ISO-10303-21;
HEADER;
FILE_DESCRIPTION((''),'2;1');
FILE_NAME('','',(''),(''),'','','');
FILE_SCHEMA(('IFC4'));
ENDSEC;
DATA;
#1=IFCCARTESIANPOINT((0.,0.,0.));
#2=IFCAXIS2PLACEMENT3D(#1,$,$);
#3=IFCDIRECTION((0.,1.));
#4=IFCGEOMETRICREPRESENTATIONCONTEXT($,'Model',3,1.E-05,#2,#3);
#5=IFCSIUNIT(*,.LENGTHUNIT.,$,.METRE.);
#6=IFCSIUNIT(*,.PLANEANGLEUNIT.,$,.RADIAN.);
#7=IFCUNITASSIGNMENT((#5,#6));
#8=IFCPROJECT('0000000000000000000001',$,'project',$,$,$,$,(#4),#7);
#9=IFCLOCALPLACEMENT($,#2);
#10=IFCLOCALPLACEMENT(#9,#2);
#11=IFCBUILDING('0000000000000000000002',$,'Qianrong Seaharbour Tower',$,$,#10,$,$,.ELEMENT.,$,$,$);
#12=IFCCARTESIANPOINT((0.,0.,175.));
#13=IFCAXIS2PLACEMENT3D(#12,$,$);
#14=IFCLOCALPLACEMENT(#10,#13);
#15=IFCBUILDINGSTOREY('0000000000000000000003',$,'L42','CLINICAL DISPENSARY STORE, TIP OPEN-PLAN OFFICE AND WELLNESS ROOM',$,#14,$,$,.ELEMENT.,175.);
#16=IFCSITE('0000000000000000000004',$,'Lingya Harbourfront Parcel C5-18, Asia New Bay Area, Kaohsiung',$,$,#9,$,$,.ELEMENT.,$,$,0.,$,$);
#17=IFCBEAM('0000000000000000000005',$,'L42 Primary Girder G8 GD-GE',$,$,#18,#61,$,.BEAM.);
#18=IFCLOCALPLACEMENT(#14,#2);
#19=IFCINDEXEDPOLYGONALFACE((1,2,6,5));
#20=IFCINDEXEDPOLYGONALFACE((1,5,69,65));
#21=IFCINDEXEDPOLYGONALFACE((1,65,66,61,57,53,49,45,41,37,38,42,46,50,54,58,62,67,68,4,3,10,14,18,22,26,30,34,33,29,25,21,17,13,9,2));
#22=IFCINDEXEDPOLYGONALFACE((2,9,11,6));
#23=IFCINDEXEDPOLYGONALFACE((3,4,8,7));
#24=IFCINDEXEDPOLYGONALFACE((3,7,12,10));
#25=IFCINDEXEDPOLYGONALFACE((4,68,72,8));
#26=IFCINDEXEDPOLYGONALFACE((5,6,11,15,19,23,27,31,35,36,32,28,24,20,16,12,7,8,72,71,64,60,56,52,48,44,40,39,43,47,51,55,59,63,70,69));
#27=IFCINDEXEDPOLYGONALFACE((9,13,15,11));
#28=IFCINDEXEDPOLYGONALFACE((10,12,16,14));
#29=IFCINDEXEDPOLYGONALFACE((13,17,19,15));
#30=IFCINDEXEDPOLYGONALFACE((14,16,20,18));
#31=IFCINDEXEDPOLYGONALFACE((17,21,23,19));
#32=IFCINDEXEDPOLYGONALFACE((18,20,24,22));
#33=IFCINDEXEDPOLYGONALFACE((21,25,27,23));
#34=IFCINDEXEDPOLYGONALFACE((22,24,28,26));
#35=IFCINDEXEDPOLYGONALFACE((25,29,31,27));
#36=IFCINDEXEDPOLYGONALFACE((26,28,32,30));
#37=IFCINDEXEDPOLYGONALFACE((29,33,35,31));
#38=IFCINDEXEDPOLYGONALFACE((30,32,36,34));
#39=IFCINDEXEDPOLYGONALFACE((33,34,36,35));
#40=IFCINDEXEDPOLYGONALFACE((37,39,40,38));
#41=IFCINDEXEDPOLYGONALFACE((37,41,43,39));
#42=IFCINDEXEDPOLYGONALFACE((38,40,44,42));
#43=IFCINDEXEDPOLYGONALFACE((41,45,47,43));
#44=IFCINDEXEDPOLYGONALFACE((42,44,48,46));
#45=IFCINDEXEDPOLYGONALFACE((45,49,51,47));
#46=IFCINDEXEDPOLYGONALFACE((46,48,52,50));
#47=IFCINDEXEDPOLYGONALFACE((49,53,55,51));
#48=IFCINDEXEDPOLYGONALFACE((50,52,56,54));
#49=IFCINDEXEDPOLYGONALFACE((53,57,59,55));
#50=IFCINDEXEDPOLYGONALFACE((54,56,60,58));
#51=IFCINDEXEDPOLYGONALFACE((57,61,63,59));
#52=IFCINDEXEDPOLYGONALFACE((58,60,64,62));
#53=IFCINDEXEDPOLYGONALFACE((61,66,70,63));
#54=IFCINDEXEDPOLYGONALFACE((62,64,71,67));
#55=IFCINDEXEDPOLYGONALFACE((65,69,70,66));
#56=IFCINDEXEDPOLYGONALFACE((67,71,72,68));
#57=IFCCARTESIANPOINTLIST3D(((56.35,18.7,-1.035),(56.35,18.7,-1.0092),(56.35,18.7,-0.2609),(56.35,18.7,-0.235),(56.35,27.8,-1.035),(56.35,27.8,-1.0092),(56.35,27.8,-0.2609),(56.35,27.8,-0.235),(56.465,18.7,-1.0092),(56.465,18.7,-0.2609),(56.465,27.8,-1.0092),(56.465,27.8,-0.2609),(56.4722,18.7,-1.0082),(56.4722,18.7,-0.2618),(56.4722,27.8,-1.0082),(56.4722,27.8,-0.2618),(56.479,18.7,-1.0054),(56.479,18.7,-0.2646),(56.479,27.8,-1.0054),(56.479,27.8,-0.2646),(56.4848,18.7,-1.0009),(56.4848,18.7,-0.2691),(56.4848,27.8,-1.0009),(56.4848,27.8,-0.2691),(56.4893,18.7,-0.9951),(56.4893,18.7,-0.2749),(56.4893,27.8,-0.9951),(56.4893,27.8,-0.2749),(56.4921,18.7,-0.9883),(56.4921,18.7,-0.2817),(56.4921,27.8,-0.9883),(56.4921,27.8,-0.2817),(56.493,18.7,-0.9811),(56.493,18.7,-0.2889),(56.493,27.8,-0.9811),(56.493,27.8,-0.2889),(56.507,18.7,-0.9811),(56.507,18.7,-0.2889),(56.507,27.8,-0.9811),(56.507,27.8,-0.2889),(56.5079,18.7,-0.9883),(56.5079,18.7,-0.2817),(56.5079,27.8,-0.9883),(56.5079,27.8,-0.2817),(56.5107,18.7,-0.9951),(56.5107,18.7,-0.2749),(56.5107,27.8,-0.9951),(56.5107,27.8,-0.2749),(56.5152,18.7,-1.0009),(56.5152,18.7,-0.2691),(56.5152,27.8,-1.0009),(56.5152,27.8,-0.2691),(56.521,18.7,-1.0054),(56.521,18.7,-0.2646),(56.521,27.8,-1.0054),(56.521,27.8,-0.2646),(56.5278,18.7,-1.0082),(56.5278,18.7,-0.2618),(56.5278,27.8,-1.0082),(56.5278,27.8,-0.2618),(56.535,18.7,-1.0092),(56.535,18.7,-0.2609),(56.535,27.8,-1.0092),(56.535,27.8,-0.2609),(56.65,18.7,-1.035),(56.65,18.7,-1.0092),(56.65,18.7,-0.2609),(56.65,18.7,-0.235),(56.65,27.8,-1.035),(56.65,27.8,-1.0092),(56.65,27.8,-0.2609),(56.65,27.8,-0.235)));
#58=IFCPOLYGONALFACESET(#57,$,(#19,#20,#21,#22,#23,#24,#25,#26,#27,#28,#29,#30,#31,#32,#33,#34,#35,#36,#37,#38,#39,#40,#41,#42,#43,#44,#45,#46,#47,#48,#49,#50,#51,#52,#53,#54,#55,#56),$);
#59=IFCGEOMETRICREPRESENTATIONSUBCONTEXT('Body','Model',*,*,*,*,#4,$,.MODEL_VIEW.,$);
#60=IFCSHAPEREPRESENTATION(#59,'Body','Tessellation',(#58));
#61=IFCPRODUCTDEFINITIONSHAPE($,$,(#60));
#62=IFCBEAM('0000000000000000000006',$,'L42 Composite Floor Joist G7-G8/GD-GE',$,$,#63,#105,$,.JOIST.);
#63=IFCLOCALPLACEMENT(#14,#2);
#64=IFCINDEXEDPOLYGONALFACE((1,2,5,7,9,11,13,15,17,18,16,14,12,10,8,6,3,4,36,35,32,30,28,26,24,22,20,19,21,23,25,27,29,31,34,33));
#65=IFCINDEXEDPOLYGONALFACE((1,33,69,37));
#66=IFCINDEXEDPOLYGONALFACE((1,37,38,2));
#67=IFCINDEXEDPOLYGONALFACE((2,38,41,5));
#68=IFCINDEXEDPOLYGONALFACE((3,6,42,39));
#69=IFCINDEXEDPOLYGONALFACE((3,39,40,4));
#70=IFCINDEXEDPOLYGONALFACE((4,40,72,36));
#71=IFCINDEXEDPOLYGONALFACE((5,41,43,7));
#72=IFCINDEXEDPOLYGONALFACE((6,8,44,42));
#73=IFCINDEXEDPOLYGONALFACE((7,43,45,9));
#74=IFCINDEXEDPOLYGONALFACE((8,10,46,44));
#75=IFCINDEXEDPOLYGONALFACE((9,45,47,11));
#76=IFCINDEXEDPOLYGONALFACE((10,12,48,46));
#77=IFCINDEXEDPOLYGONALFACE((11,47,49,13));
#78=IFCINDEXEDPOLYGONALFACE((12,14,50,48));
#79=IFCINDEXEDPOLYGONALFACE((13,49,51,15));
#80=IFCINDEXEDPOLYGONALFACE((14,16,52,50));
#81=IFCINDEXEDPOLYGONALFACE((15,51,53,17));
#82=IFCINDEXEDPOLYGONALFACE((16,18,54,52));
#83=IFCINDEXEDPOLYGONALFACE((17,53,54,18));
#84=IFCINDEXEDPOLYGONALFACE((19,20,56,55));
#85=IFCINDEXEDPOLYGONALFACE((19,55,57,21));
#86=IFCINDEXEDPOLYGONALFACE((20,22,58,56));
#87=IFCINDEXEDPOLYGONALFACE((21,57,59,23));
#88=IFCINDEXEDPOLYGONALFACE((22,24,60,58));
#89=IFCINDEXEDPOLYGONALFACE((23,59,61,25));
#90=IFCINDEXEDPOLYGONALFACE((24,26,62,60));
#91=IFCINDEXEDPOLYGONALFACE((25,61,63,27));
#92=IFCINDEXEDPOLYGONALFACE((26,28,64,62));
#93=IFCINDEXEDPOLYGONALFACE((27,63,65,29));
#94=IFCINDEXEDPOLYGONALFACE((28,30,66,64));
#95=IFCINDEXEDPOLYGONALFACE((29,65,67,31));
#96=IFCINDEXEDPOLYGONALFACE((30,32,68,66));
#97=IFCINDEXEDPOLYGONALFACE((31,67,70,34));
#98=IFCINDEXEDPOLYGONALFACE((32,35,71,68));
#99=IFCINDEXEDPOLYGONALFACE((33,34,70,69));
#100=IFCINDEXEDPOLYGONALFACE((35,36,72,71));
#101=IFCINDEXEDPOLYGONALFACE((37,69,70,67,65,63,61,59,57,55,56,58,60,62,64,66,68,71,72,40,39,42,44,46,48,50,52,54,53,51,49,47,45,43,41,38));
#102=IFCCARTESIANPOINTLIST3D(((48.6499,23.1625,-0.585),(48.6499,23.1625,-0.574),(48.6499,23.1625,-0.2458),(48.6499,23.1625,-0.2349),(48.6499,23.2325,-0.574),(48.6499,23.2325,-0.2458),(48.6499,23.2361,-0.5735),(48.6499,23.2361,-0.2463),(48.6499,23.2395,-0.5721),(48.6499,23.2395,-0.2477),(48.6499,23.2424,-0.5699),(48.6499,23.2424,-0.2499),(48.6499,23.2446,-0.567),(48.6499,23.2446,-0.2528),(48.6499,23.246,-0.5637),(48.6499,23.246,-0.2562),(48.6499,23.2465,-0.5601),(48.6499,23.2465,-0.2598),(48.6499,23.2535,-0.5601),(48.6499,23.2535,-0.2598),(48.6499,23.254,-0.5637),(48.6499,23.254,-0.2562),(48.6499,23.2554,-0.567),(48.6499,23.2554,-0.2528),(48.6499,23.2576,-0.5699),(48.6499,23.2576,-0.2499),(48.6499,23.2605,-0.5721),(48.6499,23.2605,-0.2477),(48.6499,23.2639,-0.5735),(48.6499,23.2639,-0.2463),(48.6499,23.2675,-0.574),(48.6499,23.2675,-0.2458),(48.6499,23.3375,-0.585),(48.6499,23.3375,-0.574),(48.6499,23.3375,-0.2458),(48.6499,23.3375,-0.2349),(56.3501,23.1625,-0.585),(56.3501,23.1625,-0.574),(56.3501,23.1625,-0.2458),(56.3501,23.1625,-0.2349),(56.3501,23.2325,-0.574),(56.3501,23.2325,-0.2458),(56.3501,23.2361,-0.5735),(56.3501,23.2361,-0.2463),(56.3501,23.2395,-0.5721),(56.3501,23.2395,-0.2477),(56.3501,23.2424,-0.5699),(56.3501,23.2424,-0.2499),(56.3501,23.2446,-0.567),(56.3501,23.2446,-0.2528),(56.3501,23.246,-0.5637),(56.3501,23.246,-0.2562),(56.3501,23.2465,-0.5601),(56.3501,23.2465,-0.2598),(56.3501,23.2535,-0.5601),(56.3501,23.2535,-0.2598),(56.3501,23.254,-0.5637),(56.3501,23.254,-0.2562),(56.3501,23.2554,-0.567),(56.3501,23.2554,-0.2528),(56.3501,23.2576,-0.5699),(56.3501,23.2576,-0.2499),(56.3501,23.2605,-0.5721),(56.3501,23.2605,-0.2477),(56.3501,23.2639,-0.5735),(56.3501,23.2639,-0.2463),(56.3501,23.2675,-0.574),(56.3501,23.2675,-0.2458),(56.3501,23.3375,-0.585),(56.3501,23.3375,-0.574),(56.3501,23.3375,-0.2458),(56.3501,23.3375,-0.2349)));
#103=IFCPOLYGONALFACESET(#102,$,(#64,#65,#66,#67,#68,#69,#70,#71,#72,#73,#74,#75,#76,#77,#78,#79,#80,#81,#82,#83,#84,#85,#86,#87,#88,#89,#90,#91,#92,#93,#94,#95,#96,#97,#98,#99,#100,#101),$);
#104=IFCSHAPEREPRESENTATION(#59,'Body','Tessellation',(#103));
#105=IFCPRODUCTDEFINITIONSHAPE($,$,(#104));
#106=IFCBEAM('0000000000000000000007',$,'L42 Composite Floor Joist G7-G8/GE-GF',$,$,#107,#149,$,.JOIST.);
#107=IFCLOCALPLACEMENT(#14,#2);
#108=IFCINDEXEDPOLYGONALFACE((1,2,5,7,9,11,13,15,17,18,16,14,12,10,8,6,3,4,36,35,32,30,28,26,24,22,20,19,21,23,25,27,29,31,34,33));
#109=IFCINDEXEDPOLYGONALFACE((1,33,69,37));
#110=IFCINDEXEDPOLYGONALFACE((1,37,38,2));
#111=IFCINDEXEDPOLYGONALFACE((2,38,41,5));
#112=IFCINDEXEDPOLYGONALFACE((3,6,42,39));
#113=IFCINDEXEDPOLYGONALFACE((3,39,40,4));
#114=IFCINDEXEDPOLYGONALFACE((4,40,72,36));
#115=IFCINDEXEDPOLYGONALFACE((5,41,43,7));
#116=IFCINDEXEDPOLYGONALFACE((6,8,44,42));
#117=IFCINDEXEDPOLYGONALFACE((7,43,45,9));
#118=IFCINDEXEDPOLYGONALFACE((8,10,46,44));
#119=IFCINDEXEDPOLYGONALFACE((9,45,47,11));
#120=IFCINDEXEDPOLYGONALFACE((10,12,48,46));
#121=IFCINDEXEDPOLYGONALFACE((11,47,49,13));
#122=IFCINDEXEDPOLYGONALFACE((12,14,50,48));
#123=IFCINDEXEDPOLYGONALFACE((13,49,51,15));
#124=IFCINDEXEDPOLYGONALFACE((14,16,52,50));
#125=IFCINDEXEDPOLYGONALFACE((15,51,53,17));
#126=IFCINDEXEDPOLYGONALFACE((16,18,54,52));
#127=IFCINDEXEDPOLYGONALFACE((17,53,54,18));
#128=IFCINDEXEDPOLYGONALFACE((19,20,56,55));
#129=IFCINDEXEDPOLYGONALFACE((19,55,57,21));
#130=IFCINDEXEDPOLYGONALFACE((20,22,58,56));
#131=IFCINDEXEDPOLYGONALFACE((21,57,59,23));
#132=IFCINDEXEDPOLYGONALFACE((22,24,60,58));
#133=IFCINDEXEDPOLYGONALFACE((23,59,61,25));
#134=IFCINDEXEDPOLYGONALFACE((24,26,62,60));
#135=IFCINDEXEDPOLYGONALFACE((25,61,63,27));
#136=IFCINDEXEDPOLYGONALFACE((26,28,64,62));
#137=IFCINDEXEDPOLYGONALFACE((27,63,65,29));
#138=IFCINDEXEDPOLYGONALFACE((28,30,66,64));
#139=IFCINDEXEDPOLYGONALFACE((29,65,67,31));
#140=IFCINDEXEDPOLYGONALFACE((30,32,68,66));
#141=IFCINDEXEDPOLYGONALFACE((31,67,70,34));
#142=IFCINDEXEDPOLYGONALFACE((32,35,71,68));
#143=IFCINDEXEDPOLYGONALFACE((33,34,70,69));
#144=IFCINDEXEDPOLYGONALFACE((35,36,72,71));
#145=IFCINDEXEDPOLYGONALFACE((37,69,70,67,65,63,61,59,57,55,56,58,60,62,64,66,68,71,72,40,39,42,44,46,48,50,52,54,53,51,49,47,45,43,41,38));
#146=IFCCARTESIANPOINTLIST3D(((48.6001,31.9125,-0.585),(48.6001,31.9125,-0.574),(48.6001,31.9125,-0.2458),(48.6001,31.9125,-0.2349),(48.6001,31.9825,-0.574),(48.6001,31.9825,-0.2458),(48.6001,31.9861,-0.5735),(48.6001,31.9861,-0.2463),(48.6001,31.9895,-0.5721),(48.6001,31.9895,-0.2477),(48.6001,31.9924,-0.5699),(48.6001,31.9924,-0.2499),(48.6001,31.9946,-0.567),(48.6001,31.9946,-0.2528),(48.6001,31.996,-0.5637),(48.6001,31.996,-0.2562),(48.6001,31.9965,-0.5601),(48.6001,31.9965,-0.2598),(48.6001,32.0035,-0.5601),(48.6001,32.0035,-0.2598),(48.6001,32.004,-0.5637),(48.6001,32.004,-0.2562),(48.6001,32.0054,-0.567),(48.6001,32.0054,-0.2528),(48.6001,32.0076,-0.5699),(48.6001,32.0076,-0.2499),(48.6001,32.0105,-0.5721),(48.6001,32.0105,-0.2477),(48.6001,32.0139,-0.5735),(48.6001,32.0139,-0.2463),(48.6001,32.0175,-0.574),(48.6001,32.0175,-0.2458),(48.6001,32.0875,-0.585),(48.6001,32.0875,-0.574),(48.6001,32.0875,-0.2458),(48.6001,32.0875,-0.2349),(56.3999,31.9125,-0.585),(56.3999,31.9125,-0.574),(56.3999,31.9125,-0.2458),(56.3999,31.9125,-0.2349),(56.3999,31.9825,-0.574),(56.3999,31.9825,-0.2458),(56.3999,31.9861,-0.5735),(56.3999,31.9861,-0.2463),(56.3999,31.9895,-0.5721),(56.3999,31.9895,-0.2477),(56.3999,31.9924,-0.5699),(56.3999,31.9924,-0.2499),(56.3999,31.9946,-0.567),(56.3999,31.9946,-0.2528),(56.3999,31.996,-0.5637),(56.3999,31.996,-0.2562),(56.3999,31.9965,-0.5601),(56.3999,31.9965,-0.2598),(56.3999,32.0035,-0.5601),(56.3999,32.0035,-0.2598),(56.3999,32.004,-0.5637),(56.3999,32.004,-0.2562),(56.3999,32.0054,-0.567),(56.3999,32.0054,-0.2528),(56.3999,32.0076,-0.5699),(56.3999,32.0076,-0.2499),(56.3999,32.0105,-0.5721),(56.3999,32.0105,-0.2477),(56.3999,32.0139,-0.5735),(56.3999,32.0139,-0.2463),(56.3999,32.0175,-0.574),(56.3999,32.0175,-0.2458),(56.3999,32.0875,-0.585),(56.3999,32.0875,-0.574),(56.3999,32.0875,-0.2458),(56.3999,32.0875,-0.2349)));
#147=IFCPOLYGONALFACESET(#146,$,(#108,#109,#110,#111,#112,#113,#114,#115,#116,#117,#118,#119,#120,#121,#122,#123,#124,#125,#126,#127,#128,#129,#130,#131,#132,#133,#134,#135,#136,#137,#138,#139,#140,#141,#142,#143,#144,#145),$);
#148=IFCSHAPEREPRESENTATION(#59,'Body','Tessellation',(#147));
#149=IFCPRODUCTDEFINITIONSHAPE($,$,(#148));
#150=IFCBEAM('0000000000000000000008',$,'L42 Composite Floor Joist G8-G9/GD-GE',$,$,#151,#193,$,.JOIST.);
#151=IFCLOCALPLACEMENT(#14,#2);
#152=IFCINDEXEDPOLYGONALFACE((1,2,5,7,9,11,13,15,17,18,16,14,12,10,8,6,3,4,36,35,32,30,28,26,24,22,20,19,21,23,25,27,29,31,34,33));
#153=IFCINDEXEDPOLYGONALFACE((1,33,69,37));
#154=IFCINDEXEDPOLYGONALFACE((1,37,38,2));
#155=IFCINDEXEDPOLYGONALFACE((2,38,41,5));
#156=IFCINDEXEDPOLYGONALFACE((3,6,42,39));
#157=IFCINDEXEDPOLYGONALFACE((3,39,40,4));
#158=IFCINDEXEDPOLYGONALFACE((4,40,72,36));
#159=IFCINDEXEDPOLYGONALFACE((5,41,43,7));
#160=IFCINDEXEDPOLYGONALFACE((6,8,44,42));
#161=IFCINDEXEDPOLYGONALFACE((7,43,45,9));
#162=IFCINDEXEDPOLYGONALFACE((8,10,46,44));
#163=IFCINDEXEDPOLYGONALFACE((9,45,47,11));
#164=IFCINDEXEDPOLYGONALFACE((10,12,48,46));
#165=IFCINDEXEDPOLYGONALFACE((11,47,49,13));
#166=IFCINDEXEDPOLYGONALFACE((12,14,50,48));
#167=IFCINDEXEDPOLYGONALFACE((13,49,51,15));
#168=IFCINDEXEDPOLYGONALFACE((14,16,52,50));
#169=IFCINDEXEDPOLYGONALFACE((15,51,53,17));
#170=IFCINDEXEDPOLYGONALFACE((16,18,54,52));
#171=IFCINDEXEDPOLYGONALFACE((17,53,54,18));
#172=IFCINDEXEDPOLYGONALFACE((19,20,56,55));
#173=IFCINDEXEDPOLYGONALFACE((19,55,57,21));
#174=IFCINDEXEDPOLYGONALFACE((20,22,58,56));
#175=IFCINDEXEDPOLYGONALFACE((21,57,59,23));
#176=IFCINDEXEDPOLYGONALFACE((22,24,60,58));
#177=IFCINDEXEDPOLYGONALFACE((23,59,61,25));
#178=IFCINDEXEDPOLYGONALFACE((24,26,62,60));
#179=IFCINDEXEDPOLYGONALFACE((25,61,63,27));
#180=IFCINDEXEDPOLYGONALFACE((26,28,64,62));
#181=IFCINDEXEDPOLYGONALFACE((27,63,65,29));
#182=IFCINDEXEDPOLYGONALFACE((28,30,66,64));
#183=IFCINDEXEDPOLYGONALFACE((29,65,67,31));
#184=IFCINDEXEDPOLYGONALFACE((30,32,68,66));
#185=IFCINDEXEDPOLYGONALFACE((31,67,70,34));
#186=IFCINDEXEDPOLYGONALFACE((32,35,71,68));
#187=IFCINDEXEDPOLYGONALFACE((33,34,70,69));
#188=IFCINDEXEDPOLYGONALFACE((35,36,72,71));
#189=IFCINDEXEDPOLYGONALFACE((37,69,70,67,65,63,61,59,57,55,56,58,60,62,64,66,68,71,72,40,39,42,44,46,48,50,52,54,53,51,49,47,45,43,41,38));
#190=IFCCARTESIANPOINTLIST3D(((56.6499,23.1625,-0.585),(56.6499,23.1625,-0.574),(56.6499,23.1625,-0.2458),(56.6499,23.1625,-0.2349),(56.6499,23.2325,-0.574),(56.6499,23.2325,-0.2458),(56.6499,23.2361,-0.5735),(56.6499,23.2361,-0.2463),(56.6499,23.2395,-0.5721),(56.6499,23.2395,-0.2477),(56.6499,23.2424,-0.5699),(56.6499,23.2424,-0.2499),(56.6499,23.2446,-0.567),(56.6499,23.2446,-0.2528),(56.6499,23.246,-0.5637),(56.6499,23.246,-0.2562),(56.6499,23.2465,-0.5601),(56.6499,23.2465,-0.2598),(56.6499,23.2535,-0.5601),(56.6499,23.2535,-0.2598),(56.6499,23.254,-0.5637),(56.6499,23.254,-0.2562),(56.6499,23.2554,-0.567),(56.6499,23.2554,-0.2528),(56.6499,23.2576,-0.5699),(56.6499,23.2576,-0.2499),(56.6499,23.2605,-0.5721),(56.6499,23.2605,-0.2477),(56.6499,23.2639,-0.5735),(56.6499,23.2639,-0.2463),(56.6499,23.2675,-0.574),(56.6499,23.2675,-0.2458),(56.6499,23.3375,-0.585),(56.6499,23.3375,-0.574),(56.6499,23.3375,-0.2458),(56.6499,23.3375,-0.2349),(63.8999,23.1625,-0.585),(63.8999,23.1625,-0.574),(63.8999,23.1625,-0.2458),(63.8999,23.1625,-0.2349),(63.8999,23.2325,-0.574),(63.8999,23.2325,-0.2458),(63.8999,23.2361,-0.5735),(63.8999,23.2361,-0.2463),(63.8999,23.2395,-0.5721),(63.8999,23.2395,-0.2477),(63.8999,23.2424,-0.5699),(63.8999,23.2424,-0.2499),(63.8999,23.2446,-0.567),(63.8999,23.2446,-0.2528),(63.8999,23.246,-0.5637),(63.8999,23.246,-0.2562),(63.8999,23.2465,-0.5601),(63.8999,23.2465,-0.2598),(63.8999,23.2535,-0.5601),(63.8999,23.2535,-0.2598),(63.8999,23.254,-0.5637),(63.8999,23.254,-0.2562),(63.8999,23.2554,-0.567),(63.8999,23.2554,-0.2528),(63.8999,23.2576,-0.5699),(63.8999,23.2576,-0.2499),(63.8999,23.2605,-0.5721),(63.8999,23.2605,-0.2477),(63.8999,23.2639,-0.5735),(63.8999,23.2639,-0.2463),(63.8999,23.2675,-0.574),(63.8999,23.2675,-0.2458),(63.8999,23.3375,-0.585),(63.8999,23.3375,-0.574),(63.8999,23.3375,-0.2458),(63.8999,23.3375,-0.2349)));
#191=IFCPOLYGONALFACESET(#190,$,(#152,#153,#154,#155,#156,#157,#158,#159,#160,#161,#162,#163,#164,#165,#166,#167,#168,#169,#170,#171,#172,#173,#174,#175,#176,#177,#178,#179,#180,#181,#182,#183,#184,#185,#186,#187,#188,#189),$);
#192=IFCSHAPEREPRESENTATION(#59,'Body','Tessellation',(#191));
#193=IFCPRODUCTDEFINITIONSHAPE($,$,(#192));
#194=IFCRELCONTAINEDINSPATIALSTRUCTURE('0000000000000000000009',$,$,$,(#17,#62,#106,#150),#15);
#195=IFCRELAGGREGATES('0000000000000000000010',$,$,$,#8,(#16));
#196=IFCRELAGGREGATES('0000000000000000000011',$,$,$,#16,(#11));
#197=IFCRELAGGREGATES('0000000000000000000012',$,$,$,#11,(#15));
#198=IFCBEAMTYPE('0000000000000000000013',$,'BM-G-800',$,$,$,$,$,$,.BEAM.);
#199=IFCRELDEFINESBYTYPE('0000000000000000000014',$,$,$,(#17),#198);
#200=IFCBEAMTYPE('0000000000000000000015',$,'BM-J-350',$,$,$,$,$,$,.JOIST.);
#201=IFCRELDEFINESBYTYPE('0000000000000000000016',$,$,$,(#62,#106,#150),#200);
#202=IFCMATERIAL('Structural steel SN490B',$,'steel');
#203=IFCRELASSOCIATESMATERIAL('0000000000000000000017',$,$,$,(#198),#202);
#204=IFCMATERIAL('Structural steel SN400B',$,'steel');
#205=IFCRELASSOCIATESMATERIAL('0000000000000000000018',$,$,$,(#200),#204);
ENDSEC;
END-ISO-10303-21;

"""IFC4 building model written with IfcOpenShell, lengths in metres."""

from ifc_helpers import new_model, si_unit, direction, frame, origin, origin_2d, place, context, subcontext, project, spatial, i_section, extrude, material, material_profile, profile_set, type_object, element, save


model = new_model("IFC4")

# Units and contexts
model_context = context("Model", 3, precision=1e-05, world=origin(), true_north=direction((0.0, 1.0)))
body_context = subcontext(model_context, "Body", "Model", "MODEL_VIEW")
ifc_project = project(units=[si_unit("LENGTHUNIT", "METRE"), si_unit("PLANEANGLEUNIT", "RADIAN")], contexts=[model_context])

# Site, building, storey
site_placement = place(None, origin())
site = spatial("IfcSite", under=ifc_project, at=site_placement, Name="Lingya Harbourfront Parcel C5-18, Asia New Bay Area, Kaohsiung", CompositionType="ELEMENT", RefElevation=0.0)
building_placement = place(site_placement, origin())
building = spatial("IfcBuilding", under=site, at=building_placement, Name="Qianrong Seaharbour Tower", CompositionType="ELEMENT")
storey_placement = place(building_placement, frame((0.0, 0.0, 175.0)))
storey = spatial("IfcBuildingStorey", under=building, at=storey_placement, Name="L42", Description="CLINICAL DISPENSARY STORE, TIP OPEN-PLAN OFFICE AND WELLNESS ROOM", CompositionType="ELEMENT", Elevation=175.0)

# Shared definitions
ifc_material_1 = material(Name="Structural steel SN490B", Category="steel")

# Beams
ifc_material_profile_1 = material_profile(ifc_material_1, i_section(OverallWidth=0.3, OverallDepth=0.8, WebThickness=0.0139, FlangeThickness=0.0259, FilletRadius=0.0281, at=origin_2d()), Name="H800x300x14x26")
ifc_profile_set_1 = profile_set([ifc_material_profile_1], Name="Structural steel SN490B")
beam_type_1 = type_object("IfcBeamType", Name="BM-G-800", PredefinedType="BEAM", material=ifc_profile_set_1)
for number, where, z_axis, x_axis, name in (
    (1, (56.5, 18.7, -0.635), (0.0, 1.0, 0.0), (-1.0, 0.0, 0.0), "L42 Primary Girder G8 GD-GE"),
):
    element("IfcBeam", number, at=place(storey_placement, frame(where, z_axis=z_axis, x_axis=x_axis)), inside=storey, type_object=beam_type_1, Name=name, PredefinedType="BEAM", context=body_context, shape_type="SweptSolid", body=[
        extrude(i_section(OverallWidth=0.3, OverallDepth=0.8, WebThickness=0.0139, FlangeThickness=0.0259, FilletRadius=0.0281, at=origin_2d()), origin(), (0.0, 0.0, 1.0), 9.1001),
    ])
ifc_material_2 = material(Name="Structural steel SN400B", Category="steel")
ifc_material_profile_2 = material_profile(ifc_material_2, i_section(OverallWidth=0.175, OverallDepth=0.3501, WebThickness=0.0071, FlangeThickness=0.011, FilletRadius=0.0139, at=origin_2d()), Name="H350x175x7x11")
ifc_profile_set_2 = profile_set([ifc_material_profile_2], Name="Structural steel SN400B")
beam_type_2 = type_object("IfcBeamType", Name="BM-J-350", PredefinedType="JOIST", material=ifc_profile_set_2)
beam_1_placement = place(storey_placement, frame((48.6499, 23.25, -0.4099), z_axis=(1.0, 0.0, 0.0), x_axis=(0.0, 1.0, 0.0)))
element("IfcBeam", 2, at=beam_1_placement, inside=storey, type_object=beam_type_2, Name="L42 Composite Floor Joist G7-G8/GD-GE", PredefinedType="JOIST", context=body_context, shape_type="SweptSolid", body=[
    extrude(i_section(OverallWidth=0.175, OverallDepth=0.3501, WebThickness=0.0071, FlangeThickness=0.011, FilletRadius=0.0139, at=origin_2d()), origin(), (0.0, 0.0, 1.0), 7.7002),
])
beam_2_placement = place(storey_placement, frame((48.6001, 32.0, -0.4099), z_axis=(1.0, 0.0, 0.0), x_axis=(0.0, 1.0, 0.0)))
element("IfcBeam", 3, at=beam_2_placement, inside=storey, type_object=beam_type_2, Name="L42 Composite Floor Joist G7-G8/GE-GF", PredefinedType="JOIST", context=body_context, shape_type="SweptSolid", body=[
    extrude(i_section(OverallWidth=0.175, OverallDepth=0.3501, WebThickness=0.0071, FlangeThickness=0.011, FilletRadius=0.0139, at=origin_2d()), origin(), (0.0, 0.0, 1.0), 7.7998),
])
beam_3_placement = place(storey_placement, frame((56.6499, 23.25, -0.4099), z_axis=(1.0, 0.0, 0.0), x_axis=(0.0, 1.0, 0.0)))
element("IfcBeam", 4, at=beam_3_placement, inside=storey, type_object=beam_type_2, Name="L42 Composite Floor Joist G8-G9/GD-GE", PredefinedType="JOIST", context=body_context, shape_type="SweptSolid", body=[
    extrude(i_section(OverallWidth=0.175, OverallDepth=0.3501, WebThickness=0.0071, FlangeThickness=0.011, FilletRadius=0.0139, at=origin_2d()), origin(), (0.0, 0.0, 1.0), 7.25),
])

save(model, "model.ifc")
